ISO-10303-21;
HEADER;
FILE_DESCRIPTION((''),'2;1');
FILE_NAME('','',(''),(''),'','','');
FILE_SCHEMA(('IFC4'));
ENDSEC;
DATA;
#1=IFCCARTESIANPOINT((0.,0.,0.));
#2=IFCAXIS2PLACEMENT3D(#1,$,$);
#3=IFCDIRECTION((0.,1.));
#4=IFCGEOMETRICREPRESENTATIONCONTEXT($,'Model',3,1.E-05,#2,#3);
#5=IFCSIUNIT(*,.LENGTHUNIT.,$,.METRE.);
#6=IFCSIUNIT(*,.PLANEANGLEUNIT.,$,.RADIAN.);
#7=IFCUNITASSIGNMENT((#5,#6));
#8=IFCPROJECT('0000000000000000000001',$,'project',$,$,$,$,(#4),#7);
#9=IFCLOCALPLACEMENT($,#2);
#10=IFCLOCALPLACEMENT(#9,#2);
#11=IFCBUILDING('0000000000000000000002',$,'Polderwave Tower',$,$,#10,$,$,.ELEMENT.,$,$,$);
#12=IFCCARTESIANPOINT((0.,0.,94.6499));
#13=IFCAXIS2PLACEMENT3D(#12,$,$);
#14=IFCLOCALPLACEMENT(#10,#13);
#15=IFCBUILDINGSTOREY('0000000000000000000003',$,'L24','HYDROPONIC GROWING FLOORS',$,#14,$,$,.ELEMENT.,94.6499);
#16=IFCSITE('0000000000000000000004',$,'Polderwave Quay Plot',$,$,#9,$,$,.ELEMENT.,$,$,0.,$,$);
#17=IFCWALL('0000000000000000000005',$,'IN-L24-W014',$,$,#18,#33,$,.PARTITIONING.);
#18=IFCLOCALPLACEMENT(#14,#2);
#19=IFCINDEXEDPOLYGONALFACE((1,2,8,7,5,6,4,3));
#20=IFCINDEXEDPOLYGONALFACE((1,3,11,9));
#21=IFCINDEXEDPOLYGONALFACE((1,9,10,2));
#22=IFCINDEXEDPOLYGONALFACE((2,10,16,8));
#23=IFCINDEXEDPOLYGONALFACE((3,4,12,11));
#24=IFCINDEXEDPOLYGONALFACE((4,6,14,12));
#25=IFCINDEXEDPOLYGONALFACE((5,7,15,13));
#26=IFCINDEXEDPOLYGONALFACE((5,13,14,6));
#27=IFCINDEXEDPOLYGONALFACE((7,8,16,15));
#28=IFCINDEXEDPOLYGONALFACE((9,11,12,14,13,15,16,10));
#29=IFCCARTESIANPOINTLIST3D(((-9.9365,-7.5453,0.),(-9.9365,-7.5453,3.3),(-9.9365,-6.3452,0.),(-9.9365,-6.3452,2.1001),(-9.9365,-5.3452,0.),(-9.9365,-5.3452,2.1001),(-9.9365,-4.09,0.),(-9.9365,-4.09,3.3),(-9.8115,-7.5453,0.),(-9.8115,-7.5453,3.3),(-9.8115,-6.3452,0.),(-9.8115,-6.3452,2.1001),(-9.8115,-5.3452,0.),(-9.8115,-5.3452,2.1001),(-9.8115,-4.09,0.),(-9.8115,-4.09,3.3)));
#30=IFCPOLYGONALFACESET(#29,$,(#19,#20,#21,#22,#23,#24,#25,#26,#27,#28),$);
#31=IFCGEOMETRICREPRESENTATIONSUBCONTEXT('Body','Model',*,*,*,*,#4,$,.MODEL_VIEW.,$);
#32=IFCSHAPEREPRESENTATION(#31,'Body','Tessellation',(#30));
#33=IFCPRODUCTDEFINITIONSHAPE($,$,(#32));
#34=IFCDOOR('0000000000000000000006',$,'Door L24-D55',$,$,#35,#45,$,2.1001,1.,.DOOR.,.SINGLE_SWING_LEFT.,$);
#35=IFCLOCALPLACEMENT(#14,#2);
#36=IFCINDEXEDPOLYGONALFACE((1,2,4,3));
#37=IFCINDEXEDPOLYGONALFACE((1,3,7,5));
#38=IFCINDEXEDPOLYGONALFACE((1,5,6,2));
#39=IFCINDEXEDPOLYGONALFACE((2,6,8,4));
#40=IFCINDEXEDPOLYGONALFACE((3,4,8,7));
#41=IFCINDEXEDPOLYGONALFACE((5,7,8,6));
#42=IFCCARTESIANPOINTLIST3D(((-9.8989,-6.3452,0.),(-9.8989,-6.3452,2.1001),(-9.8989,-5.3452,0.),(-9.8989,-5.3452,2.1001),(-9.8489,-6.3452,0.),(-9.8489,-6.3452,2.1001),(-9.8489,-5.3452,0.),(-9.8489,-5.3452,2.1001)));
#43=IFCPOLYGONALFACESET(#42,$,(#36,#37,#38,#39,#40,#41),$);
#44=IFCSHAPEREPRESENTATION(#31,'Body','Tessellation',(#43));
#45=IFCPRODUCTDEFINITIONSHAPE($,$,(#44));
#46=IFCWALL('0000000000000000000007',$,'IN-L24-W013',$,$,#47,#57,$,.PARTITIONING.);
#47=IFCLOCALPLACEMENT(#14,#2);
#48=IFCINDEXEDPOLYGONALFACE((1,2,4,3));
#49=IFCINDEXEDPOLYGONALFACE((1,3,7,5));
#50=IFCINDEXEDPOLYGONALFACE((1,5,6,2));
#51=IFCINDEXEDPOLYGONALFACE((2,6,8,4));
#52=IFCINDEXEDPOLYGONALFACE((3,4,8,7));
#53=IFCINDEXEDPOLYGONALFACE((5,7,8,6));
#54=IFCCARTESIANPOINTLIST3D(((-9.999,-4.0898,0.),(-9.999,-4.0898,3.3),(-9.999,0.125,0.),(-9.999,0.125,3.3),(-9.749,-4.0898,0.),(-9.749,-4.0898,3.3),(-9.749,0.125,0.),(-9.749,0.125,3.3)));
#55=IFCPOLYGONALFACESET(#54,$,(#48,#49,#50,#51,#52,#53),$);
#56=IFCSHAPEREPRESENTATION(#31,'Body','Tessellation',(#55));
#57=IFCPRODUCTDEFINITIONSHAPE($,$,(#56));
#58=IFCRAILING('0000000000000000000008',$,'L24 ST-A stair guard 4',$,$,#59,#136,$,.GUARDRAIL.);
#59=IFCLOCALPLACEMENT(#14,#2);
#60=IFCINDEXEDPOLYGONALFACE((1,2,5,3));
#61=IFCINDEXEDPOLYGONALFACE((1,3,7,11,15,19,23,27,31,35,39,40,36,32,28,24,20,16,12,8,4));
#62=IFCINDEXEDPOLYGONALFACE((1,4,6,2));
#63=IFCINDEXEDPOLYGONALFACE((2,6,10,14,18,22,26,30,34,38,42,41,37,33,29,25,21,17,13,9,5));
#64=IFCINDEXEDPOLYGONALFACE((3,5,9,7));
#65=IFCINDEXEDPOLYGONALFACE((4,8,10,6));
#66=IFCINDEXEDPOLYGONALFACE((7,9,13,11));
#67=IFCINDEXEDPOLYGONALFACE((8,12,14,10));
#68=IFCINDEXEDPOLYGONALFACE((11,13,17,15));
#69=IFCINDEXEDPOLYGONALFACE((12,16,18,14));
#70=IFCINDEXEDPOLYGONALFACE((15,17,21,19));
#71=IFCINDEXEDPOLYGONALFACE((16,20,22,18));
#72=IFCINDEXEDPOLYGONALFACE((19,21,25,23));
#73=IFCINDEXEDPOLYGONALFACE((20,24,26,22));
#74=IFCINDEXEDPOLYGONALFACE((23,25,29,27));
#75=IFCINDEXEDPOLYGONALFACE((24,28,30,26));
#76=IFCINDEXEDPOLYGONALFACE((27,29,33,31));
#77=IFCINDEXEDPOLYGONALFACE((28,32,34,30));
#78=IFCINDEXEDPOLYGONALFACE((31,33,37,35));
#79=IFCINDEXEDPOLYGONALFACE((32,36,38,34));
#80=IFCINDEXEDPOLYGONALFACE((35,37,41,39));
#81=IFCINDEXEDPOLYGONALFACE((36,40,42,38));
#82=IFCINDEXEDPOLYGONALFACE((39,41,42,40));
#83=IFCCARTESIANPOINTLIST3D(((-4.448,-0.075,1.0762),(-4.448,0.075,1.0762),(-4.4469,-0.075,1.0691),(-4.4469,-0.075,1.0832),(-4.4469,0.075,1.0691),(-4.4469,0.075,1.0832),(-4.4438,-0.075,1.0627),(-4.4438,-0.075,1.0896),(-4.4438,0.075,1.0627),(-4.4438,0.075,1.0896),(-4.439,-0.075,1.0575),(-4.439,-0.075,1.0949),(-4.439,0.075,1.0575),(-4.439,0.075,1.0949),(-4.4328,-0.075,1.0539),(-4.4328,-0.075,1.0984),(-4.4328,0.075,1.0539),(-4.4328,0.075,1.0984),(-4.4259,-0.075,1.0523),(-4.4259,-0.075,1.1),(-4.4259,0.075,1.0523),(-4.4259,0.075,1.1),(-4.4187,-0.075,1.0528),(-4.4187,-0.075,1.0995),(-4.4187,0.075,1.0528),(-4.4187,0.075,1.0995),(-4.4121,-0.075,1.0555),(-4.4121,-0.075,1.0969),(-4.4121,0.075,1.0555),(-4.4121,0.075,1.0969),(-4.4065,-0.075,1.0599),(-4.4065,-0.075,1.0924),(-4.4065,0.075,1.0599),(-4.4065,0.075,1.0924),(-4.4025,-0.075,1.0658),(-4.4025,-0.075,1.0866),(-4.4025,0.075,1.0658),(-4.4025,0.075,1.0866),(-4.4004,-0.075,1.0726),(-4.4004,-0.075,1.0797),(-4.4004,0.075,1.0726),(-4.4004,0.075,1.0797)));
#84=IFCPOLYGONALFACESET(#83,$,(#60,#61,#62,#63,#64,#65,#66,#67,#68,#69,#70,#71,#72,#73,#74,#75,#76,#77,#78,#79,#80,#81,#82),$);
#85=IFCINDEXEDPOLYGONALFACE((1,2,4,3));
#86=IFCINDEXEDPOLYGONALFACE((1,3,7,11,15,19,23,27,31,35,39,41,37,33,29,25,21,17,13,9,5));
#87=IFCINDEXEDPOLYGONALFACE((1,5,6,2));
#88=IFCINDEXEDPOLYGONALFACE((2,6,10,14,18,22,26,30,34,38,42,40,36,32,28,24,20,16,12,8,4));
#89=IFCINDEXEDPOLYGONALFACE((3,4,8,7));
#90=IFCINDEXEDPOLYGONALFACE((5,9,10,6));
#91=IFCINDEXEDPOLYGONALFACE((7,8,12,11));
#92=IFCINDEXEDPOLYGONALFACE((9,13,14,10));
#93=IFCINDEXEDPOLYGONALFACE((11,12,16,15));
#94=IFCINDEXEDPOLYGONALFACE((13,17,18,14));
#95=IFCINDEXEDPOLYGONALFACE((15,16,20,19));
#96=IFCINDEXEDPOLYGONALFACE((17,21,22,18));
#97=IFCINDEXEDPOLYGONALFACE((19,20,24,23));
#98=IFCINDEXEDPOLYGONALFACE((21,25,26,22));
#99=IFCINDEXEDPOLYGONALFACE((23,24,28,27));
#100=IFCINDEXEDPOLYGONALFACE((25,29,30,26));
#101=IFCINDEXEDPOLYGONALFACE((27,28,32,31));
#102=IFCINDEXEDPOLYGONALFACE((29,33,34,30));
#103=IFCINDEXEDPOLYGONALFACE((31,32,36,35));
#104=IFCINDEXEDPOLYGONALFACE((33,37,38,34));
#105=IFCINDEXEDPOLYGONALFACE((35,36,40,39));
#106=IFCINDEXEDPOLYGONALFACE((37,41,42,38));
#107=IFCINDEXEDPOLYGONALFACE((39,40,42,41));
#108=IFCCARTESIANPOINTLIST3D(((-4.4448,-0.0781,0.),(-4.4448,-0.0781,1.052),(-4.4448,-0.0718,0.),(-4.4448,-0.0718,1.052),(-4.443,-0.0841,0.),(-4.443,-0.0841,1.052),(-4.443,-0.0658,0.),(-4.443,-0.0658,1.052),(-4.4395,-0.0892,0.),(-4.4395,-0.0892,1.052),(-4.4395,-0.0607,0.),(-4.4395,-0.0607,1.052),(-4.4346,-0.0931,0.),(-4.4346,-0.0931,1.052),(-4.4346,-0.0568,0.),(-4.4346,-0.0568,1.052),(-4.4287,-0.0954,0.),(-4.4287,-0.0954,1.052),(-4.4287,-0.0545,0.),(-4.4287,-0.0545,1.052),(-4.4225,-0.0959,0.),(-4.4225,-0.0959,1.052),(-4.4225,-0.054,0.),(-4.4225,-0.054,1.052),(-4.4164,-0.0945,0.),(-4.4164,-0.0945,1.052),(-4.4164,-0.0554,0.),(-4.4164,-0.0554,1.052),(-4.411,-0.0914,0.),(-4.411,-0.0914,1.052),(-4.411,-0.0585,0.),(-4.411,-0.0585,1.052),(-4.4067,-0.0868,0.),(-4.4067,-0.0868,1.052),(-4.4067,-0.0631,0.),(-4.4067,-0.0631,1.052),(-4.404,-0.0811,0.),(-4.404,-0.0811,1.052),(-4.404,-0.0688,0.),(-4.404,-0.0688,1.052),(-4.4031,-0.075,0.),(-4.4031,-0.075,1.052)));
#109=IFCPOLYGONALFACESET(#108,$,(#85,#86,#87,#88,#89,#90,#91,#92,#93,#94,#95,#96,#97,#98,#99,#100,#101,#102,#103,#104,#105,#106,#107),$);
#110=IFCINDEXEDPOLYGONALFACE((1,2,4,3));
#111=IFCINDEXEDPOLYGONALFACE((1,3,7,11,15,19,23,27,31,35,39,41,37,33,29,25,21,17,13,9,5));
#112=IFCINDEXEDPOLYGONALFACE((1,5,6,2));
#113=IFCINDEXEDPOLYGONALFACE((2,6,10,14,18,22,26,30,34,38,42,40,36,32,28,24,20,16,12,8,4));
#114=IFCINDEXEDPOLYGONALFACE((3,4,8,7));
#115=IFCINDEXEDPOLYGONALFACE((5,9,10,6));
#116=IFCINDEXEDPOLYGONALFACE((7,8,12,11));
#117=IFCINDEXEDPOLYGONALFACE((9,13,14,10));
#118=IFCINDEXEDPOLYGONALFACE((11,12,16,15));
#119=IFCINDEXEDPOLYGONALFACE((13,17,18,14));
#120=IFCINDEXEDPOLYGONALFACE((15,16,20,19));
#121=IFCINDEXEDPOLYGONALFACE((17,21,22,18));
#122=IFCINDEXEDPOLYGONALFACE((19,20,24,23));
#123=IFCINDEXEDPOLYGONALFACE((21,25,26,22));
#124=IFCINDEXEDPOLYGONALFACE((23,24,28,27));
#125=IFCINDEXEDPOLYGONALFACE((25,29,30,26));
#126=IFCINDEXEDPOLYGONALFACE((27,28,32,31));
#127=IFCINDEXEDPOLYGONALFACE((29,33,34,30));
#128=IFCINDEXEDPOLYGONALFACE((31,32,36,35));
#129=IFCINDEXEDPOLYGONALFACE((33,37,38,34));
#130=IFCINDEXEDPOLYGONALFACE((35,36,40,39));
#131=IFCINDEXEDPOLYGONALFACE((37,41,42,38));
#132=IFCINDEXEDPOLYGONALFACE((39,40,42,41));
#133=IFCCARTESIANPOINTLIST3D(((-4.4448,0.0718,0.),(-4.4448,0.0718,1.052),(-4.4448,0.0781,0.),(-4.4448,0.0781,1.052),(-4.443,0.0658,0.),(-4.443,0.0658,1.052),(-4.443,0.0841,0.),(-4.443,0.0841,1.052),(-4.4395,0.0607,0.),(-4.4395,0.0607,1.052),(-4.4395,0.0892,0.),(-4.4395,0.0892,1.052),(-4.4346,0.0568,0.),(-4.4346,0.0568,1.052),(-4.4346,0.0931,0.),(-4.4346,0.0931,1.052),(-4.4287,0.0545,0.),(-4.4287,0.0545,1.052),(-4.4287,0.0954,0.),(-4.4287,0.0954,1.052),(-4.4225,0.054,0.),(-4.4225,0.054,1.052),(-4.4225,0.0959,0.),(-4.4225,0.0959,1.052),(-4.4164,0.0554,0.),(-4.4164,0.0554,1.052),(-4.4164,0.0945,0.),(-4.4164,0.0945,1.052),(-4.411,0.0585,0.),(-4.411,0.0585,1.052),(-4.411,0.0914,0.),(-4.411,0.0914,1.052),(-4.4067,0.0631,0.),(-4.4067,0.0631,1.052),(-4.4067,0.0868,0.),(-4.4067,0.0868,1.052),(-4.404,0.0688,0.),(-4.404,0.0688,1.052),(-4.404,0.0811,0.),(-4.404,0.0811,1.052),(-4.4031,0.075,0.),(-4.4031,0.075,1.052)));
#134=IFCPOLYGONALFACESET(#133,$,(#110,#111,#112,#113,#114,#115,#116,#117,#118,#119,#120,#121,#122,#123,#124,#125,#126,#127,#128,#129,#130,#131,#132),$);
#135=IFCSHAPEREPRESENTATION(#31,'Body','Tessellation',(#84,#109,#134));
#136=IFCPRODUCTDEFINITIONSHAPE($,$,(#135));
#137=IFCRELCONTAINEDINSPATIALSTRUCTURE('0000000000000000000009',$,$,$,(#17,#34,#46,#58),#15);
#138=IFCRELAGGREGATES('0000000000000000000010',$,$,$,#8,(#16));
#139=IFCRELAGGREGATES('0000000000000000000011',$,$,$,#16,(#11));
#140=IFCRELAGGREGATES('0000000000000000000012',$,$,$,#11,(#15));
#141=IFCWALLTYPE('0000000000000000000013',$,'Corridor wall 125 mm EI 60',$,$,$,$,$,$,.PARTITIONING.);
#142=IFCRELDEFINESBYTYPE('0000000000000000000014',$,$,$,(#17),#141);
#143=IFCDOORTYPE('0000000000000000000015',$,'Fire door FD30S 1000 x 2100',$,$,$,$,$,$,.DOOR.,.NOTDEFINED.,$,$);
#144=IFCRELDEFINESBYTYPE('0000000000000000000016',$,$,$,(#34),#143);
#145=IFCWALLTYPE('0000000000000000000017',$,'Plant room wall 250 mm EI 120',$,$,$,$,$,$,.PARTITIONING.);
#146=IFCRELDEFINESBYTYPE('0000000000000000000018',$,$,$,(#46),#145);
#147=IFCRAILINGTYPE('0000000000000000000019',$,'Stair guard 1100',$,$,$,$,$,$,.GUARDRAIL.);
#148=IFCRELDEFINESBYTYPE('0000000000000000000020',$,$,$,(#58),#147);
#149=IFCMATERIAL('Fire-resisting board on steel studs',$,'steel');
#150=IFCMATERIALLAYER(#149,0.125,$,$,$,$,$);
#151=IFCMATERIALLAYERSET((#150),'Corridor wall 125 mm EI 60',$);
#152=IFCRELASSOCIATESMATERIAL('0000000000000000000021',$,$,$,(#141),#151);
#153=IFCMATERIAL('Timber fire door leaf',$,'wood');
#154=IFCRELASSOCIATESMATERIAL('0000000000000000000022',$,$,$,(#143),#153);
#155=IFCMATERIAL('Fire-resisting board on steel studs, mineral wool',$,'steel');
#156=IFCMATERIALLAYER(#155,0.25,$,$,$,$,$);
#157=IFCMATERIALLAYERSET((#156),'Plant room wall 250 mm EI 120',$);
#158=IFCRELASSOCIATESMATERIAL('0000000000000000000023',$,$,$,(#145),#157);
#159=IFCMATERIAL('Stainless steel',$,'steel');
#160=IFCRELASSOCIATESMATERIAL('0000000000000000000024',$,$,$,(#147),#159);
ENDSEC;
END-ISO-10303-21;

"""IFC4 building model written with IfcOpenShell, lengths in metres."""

from ifc_helpers import new_model, si_unit, direction, frame, frame_2d, origin, origin_2d, place, context, subcontext, project, spatial, rectangle, circle, extrude, material, layer, layer_set, type_object, element, fill, save


model = new_model("IFC4")

# Units and contexts
model_context = context("Model", 3, precision=1e-05, world=origin(), true_north=direction((0.0, 1.0)))
body_context = subcontext(model_context, "Body", "Model", "MODEL_VIEW")
ifc_project = project(units=[si_unit("LENGTHUNIT", "METRE"), si_unit("PLANEANGLEUNIT", "RADIAN")], contexts=[model_context])

# Site, building, storey
site_placement = place(None, origin())
site = spatial("IfcSite", under=ifc_project, at=site_placement, Name="Polderwave Quay Plot", CompositionType="ELEMENT", RefElevation=0.0)
building_placement = place(site_placement, origin())
building = spatial("IfcBuilding", under=site, at=building_placement, Name="Polderwave Tower", CompositionType="ELEMENT")
storey_placement = place(building_placement, frame((0.0, 0.0, 94.6499)))
storey = spatial("IfcBuildingStorey", under=building, at=storey_placement, Name="L24", Description="HYDROPONIC GROWING FLOORS", CompositionType="ELEMENT", Elevation=94.6499)

# Shared definitions
ifc_material_1 = material(Name="Stainless steel", Category="steel")

# Wall, opening, door
ifc_material_2 = material(Name="Fire-resisting board on steel studs", Category="steel")
ifc_layer_1 = layer(ifc_material_2, 0.125)
ifc_layer_set_1 = layer_set([ifc_layer_1], Name="Corridor wall 125 mm EI 60")
wall_type_1 = type_object("IfcWallType", Name="Corridor wall 125 mm EI 60", PredefinedType="PARTITIONING", material=ifc_layer_set_1)
wall_1_placement = place(storey_placement, frame((-9.874, -7.5452, 0.0), z_axis=(0.0, 0.0, 1.0), x_axis=(0.0, 1.0, 0.0)))
wall_1 = element("IfcWall", 1, at=wall_1_placement, inside=storey, type_object=wall_type_1, Name="IN-L24-W014", PredefinedType="PARTITIONING", context=body_context, shape_type="SweptSolid", body=[
    extrude(rectangle(XDim=3.4553, YDim=0.125, at=frame_2d((1.7275, 0.0))), origin(), (0.0, 0.0, 1.0), 3.3),
])
opening_1_placement = place(wall_1_placement, frame((1.2, 0.0, 0.0)))
opening_1 = element("IfcOpeningElement", 2, at=opening_1_placement, cuts=wall_1, PredefinedType="OPENING", context=body_context, shape_type="SweptSolid", body=[
    extrude(rectangle(XDim=1.0, YDim=2.1001, at=frame_2d((0.5, 1.05))), frame((0.0, 0.0725, 0.0), z_axis=(0.0, -1.0, 0.0), x_axis=(1.0, 0.0, 0.0)), (0.0, 0.0, 1.0), 0.145),
])
ifc_material_3 = material(Name="Timber fire door leaf", Category="wood")
door_type_1 = type_object("IfcDoorType", Name="Fire door FD30S 1000 x 2100", OperationType="NOTDEFINED", PredefinedType="DOOR", material=ifc_material_3)
door_1_placement = place(opening_1_placement, origin())
door_1 = element("IfcDoor", 3, at=door_1_placement, inside=storey, type_object=door_type_1, Name="Door L24-D55", OperationType="SINGLE_SWING_LEFT", OverallHeight=2.1001, OverallWidth=1.0, PredefinedType="DOOR", context=body_context, shape_type="SweptSolid", body=[
    extrude(rectangle(XDim=1.0, YDim=2.1001, at=frame_2d((0.5, 1.05))), frame((0.0, 0.0249, 0.0), z_axis=(0.0, -1.0, 0.0), x_axis=(1.0, 0.0, 0.0)), (0.0, 0.0, 1.0), 0.05),
])
fill(opening_1, door_1)

# Wall
ifc_material_4 = material(Name="Fire-resisting board on steel studs, mineral wool", Category="steel")
ifc_layer_2 = layer(ifc_material_4, 0.25)
ifc_layer_set_2 = layer_set([ifc_layer_2], Name="Plant room wall 250 mm EI 120")
wall_type_2 = type_object("IfcWallType", Name="Plant room wall 250 mm EI 120", PredefinedType="PARTITIONING", material=ifc_layer_set_2)
wall_2_placement = place(storey_placement, frame((-9.874, -4.0898, 0.0), z_axis=(0.0, 0.0, 1.0), x_axis=(0.0, 1.0, 0.0)))
element("IfcWall", 4, at=wall_2_placement, inside=storey, type_object=wall_type_2, Name="IN-L24-W013", PredefinedType="PARTITIONING", context=body_context, shape_type="SweptSolid", body=[
    extrude(rectangle(XDim=4.2148, YDim=0.25, at=frame_2d((2.1074, 0.0))), origin(), (0.0, 0.0, 1.0), 3.3),
])

# Railing
railing_type = type_object("IfcRailingType", Name="Stair guard 1100", PredefinedType="GUARDRAIL", material=ifc_material_1)
railing_placement = place(storey_placement, frame((-4.4241, -0.075, 0.0)))
element("IfcRailing", 5, at=railing_placement, inside=storey, type_object=railing_type, Name="L24 ST-A stair guard 4", PredefinedType="GUARDRAIL", context=body_context, shape_type="SweptSolid", body=[
    extrude(circle(Radius=0.0239, at=origin_2d()), frame((0.0, 0.0, 1.0762), z_axis=(0.0, 1.0, 0.0), x_axis=(-1.0, 0.0, 0.0)), (0.0, 0.0, 1.0), 0.1499),
    extrude(circle(Radius=0.021, at=origin_2d()), origin(), (0.0, 0.0, 1.0), 1.052),
    extrude(circle(Radius=0.021, at=origin_2d()), frame((0.0, 0.1499, 0.0)), (0.0, 0.0, 1.0), 1.052),
])

save(model, "model.ifc")
